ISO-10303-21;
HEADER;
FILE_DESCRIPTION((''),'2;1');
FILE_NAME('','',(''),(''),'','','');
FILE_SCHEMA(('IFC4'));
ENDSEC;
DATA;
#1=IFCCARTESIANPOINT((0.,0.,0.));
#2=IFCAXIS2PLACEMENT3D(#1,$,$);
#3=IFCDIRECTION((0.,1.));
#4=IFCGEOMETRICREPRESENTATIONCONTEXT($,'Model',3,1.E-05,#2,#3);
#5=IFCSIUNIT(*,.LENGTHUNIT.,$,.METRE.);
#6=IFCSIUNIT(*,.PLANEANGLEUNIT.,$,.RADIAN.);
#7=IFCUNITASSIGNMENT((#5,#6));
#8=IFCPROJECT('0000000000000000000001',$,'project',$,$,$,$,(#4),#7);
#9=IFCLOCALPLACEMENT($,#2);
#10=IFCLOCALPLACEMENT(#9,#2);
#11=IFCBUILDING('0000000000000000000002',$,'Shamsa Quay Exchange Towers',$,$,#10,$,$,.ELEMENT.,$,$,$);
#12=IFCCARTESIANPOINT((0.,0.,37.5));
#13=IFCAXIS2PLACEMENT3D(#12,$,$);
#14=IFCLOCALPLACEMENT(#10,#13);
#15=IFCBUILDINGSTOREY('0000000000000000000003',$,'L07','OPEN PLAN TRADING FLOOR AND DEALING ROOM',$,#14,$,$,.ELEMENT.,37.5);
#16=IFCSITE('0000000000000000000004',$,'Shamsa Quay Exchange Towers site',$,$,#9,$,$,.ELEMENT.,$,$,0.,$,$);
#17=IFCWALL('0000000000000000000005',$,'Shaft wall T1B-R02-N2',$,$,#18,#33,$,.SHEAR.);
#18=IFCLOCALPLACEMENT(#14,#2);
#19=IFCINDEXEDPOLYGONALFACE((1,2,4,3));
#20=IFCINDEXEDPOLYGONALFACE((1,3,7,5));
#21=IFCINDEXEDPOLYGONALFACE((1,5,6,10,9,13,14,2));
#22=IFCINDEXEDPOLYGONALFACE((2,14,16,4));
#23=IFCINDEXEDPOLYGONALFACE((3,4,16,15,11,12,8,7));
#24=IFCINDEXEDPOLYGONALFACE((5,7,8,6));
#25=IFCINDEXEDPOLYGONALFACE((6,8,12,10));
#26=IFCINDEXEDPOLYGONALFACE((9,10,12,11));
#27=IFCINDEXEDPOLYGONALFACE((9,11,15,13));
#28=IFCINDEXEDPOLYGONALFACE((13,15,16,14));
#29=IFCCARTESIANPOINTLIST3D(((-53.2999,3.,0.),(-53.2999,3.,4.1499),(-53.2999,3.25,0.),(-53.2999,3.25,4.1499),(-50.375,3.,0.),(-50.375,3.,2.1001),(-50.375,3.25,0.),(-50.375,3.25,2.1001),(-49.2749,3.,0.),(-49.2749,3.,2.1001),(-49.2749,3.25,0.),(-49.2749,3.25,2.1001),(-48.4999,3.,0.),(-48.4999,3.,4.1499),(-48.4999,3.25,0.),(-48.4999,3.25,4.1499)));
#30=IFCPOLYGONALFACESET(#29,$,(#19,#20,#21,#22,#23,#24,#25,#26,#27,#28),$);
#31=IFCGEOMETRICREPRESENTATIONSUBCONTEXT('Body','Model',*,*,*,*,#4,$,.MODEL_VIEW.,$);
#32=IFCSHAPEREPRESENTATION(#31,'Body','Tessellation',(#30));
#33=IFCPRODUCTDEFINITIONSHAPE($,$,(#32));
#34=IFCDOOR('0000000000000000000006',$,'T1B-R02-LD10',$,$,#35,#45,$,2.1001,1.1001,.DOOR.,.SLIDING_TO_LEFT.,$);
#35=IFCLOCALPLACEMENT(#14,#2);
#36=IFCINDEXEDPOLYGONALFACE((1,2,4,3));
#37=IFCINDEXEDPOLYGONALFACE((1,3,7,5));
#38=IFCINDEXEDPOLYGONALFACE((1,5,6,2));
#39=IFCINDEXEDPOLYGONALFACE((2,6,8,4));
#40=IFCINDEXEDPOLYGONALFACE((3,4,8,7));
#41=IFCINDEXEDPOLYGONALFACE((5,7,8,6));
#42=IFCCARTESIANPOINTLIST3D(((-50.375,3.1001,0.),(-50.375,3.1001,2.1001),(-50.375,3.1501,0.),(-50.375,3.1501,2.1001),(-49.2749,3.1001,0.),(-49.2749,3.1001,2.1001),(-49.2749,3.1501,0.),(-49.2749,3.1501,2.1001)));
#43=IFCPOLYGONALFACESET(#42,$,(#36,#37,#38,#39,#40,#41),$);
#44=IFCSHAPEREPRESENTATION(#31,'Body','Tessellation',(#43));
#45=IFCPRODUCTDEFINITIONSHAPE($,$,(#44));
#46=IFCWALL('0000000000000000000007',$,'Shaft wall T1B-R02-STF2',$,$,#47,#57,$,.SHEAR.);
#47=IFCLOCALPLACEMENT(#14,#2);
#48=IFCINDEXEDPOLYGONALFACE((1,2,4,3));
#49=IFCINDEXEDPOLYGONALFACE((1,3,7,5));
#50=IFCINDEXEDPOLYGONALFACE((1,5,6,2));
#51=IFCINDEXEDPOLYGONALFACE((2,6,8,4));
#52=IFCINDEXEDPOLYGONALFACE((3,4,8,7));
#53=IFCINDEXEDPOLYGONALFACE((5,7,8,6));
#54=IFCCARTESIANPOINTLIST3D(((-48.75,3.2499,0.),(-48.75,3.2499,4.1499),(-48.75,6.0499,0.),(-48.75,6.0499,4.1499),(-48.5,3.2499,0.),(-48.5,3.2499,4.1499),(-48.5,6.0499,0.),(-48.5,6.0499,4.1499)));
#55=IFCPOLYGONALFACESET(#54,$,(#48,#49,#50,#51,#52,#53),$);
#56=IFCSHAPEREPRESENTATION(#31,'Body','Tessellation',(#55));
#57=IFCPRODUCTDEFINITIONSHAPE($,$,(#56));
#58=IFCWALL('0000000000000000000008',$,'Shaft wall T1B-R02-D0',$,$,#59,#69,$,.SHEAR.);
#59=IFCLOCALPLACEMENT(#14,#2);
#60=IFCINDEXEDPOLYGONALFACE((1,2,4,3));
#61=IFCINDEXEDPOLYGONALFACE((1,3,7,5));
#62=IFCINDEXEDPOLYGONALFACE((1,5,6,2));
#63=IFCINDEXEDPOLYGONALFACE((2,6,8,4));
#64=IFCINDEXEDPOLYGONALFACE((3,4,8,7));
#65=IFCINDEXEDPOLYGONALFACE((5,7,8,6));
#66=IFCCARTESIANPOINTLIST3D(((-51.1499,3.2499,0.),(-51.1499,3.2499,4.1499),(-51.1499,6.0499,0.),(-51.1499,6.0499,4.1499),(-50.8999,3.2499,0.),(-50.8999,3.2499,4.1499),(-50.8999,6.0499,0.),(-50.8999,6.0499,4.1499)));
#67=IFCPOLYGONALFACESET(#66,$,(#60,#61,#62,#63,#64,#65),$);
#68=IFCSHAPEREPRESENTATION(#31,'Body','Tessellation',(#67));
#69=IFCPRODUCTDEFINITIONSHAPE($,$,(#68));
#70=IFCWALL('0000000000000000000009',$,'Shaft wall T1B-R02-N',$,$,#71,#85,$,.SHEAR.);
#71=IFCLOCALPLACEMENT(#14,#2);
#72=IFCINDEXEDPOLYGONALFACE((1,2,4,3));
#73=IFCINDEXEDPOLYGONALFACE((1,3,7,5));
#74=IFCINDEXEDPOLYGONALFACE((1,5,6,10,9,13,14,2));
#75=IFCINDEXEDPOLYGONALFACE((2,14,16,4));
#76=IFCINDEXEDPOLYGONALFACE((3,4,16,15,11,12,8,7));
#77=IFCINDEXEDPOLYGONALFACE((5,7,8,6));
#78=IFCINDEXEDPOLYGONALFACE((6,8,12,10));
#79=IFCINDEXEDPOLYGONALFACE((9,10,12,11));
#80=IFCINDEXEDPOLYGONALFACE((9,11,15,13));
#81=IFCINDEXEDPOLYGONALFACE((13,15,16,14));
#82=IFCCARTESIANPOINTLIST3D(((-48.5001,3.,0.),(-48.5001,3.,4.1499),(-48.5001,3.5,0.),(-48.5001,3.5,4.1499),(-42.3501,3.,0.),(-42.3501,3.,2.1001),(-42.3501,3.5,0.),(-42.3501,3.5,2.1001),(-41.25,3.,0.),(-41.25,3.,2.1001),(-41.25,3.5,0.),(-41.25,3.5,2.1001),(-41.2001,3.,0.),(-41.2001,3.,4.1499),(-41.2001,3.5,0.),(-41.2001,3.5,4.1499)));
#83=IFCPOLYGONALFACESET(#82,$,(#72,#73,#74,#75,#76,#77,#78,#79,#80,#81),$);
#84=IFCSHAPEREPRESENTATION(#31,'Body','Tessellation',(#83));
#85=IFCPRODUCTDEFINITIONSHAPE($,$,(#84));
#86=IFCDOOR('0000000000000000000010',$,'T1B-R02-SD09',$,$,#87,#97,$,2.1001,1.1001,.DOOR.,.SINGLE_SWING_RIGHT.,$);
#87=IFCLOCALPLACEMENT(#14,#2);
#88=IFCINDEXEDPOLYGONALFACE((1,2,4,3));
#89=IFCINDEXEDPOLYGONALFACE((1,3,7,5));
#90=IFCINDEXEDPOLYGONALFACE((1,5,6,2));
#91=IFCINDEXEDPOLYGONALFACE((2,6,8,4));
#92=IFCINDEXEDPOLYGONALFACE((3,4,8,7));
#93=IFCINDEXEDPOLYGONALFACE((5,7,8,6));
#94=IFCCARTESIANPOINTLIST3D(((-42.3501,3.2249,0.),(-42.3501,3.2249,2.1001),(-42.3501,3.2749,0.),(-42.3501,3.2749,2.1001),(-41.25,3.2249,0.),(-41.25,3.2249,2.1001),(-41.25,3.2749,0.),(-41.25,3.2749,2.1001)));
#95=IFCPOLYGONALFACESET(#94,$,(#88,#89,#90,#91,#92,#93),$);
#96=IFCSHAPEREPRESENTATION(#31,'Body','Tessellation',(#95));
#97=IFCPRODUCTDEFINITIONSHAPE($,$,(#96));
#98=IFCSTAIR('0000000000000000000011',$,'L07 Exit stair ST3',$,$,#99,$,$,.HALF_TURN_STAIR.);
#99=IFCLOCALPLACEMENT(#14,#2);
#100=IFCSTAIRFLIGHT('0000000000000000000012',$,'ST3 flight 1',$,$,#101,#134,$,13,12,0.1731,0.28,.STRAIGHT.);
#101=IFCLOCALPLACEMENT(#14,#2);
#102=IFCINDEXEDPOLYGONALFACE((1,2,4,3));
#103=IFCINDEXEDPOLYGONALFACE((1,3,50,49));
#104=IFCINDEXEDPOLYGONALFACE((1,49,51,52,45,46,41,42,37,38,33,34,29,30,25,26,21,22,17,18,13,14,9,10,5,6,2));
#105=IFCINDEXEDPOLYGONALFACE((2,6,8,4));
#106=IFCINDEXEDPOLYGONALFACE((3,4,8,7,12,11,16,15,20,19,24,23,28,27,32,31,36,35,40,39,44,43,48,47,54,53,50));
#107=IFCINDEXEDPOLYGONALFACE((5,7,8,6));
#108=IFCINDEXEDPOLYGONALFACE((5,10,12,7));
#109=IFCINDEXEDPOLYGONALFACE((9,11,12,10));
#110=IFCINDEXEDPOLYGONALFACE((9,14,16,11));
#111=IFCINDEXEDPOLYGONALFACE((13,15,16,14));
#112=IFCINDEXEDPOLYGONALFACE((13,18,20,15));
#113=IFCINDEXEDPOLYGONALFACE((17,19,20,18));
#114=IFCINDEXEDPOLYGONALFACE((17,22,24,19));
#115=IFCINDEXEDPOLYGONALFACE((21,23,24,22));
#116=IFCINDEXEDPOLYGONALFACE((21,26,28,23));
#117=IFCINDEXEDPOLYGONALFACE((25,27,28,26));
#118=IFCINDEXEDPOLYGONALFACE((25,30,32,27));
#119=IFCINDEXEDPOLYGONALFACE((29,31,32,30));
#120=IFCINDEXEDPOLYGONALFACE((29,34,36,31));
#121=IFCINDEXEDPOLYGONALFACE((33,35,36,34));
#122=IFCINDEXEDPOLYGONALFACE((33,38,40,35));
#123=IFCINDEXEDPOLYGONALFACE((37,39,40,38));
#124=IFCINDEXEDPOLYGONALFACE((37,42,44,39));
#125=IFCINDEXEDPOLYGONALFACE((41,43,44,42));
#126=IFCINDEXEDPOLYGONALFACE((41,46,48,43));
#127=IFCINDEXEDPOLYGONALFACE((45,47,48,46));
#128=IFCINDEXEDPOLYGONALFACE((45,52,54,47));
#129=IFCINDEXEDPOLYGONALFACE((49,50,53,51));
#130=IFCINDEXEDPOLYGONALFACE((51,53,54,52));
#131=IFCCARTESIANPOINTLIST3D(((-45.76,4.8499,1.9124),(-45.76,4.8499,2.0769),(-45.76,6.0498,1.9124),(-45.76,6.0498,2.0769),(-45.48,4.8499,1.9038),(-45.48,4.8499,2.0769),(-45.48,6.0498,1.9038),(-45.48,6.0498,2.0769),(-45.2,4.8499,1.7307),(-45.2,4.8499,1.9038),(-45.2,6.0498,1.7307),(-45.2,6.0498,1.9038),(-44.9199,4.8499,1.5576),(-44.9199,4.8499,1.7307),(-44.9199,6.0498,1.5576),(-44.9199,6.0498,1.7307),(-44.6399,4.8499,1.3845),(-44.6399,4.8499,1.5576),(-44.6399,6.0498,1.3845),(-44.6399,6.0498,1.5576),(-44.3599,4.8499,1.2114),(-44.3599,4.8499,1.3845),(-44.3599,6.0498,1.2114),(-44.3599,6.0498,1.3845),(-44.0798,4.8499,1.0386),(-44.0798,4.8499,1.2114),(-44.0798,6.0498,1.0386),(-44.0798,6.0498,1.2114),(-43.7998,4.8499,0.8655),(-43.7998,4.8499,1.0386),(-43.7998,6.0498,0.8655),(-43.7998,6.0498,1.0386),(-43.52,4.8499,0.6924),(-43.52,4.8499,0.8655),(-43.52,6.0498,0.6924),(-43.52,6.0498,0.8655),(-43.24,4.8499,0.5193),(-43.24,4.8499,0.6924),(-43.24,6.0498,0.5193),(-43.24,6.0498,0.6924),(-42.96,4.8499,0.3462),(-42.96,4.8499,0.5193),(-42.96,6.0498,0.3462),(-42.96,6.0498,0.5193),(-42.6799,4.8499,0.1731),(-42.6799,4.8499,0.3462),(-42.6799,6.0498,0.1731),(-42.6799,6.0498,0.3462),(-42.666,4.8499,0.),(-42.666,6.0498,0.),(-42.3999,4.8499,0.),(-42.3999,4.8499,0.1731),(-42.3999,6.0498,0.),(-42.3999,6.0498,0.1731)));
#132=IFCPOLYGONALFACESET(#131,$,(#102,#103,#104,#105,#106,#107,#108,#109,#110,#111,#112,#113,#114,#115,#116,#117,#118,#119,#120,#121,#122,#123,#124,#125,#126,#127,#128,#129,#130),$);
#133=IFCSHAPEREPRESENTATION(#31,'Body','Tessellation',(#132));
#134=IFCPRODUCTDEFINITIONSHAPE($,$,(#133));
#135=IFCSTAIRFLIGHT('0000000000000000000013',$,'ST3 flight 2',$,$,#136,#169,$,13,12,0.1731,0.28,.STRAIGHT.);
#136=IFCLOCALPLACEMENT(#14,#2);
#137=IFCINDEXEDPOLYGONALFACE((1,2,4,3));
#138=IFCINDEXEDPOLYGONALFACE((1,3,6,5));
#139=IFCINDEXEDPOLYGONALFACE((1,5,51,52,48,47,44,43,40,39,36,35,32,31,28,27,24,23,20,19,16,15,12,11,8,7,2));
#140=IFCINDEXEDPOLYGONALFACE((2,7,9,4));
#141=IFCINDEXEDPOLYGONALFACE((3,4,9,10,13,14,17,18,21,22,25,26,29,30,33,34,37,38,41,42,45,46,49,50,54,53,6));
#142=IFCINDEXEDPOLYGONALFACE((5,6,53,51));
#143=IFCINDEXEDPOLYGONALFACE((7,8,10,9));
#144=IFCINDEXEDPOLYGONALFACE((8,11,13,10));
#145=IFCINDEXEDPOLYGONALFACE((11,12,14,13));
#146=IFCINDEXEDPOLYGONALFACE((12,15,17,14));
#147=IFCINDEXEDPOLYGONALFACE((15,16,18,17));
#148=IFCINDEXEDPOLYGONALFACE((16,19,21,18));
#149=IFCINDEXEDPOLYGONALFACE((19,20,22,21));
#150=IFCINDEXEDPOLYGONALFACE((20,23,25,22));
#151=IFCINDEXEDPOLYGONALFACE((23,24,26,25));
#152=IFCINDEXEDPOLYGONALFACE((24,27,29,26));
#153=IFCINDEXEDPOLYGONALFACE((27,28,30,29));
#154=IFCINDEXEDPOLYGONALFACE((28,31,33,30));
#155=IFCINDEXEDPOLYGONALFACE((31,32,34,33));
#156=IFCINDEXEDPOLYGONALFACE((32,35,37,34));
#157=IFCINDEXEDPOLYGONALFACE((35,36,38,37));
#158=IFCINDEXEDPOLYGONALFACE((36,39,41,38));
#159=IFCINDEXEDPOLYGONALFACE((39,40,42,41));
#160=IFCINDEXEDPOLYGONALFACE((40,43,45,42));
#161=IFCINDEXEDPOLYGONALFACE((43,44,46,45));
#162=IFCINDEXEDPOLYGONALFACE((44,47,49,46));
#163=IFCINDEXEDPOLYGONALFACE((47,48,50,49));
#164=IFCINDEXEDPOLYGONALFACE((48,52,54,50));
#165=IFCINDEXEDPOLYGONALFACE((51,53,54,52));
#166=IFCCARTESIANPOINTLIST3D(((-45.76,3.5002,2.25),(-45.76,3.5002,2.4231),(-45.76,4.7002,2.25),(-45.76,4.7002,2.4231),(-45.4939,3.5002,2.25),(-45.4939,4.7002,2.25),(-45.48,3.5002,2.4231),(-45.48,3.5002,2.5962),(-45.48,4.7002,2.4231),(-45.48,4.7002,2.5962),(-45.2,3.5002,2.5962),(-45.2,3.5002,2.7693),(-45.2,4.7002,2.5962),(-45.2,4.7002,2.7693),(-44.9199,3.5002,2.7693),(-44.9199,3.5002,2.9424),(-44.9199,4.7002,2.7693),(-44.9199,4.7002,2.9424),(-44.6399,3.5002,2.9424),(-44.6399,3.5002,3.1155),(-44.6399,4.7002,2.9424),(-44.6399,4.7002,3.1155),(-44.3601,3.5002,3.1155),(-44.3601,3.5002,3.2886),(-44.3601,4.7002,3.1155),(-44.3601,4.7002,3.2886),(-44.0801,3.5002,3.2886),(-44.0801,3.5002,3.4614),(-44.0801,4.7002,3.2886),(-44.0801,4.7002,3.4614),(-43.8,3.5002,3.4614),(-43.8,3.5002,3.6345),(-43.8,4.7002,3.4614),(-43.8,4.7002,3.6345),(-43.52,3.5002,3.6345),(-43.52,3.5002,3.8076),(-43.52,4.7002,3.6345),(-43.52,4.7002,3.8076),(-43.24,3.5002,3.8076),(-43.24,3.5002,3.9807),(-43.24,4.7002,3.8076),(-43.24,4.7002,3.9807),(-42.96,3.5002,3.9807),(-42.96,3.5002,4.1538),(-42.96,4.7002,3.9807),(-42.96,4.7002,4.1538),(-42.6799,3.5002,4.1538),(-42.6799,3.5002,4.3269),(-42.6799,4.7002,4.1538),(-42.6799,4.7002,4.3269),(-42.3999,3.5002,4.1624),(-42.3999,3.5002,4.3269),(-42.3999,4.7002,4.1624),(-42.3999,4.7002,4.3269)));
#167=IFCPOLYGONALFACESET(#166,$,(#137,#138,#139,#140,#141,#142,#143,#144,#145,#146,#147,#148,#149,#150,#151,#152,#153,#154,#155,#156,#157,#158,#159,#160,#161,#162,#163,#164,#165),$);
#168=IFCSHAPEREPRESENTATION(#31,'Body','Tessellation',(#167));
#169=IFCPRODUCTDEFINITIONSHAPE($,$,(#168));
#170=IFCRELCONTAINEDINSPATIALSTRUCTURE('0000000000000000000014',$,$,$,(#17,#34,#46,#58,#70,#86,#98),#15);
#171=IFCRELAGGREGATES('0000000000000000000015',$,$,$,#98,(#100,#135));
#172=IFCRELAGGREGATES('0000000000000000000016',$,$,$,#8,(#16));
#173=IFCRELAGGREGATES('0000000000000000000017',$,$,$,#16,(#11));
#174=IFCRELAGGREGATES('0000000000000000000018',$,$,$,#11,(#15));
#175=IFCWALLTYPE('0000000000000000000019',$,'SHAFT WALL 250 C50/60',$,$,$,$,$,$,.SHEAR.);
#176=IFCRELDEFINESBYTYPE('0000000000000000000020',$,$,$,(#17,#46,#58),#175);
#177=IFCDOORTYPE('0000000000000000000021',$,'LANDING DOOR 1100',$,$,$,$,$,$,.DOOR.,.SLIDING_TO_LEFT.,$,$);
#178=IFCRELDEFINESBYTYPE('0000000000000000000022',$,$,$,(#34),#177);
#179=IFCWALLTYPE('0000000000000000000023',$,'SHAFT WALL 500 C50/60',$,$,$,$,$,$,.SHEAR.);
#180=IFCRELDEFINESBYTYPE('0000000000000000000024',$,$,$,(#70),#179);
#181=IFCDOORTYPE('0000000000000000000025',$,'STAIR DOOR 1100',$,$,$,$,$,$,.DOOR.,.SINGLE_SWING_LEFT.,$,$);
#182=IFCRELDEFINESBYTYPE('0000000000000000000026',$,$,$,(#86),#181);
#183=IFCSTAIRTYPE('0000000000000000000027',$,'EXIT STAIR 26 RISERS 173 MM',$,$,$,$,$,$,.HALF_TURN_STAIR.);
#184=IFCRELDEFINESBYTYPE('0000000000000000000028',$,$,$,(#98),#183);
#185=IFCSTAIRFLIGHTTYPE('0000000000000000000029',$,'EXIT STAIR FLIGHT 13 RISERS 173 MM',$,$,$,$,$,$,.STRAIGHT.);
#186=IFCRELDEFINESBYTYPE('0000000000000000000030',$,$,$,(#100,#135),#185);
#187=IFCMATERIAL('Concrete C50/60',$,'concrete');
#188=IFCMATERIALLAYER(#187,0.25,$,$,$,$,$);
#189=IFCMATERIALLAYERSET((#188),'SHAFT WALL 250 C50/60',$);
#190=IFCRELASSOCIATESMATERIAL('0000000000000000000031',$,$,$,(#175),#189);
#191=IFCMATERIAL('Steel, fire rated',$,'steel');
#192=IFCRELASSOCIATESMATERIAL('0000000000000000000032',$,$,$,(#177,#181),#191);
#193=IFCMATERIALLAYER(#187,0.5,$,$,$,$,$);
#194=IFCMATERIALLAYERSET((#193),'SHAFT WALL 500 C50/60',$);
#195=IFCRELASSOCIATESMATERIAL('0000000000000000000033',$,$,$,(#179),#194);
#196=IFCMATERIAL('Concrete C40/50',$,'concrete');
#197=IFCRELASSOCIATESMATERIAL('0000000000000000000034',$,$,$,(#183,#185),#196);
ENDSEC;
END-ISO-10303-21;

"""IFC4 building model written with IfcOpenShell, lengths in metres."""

from ifc_helpers import new_model, si_unit, direction, frame, frame_2d, origin, place, context, subcontext, project, spatial, polyline, rectangle, outline, extrude, material, layer, layer_set, type_object, element, fill, aggregate, save


model = new_model("IFC4")

# Units and contexts
model_context = context("Model", 3, precision=1e-05, world=origin(), true_north=direction((0.0, 1.0)))
body_context = subcontext(model_context, "Body", "Model", "MODEL_VIEW")
ifc_project = project(units=[si_unit("LENGTHUNIT", "METRE"), si_unit("PLANEANGLEUNIT", "RADIAN")], contexts=[model_context])

# Site, building, storey
site_placement = place(None, origin())
site = spatial("IfcSite", under=ifc_project, at=site_placement, Name="Shamsa Quay Exchange Towers site", CompositionType="ELEMENT", RefElevation=0.0)
building_placement = place(site_placement, origin())
building = spatial("IfcBuilding", under=site, at=building_placement, Name="Shamsa Quay Exchange Towers", CompositionType="ELEMENT")
storey_placement = place(building_placement, frame((0.0, 0.0, 37.5)))
storey = spatial("IfcBuildingStorey", under=building, at=storey_placement, Name="L07", Description="OPEN PLAN TRADING FLOOR AND DEALING ROOM", CompositionType="ELEMENT", Elevation=37.5)

# Wall, opening, door
ifc_material_1 = material(Name="Concrete C50/60", Category="concrete")
ifc_layer_1 = layer(ifc_material_1, 0.25)
ifc_layer_set_1 = layer_set([ifc_layer_1], Name="SHAFT WALL 250 C50/60")
wall_type_1 = type_object("IfcWallType", Name="SHAFT WALL 250 C50/60", PredefinedType="SHEAR", material=ifc_layer_set_1)
wall_1_placement = place(storey_placement, frame((-48.5, 3.125, 0.0), z_axis=(0.0, 0.0, 1.0), x_axis=(-1.0, 0.0, 0.0)))
wall_1 = element("IfcWall", 1, at=wall_1_placement, inside=storey, type_object=wall_type_1, Name="Shaft wall T1B-R02-N2", PredefinedType="SHEAR", context=body_context, shape_type="SweptSolid", body=[
    extrude(rectangle(XDim=4.8, YDim=0.25, at=frame_2d((2.3999, 0.0))), origin(), (0.0, 0.0, 1.0), 4.1499),
])
opening_1_placement = place(wall_1_placement, frame((0.7749, 0.0, 0.0)))
opening_1 = element("IfcOpeningElement", 2, at=opening_1_placement, cuts=wall_1, PredefinedType="OPENING", context=body_context, shape_type="SweptSolid", body=[
    extrude(rectangle(XDim=1.1001, YDim=2.1001, at=frame_2d((0.55, 1.05))), frame((0.0, 0.135, 0.0), z_axis=(0.0, -1.0, 0.0), x_axis=(1.0, 0.0, 0.0)), (0.0, 0.0, 1.0), 0.27),
])
ifc_material_2 = material(Name="Steel, fire rated", Category="steel")
door_type_1 = type_object("IfcDoorType", Name="LANDING DOOR 1100", OperationType="SLIDING_TO_LEFT", PredefinedType="DOOR", material=ifc_material_2)
door_1_placement = place(opening_1_placement, origin())
door_1 = element("IfcDoor", 3, at=door_1_placement, inside=storey, type_object=door_type_1, Name="T1B-R02-LD10", OperationType="SLIDING_TO_LEFT", OverallHeight=2.1001, OverallWidth=1.1001, PredefinedType="DOOR", context=body_context, shape_type="SweptSolid", body=[
    extrude(rectangle(XDim=1.1001, YDim=2.1001, at=frame_2d((0.55, 1.05))), frame((0.0, 0.0249, 0.0), z_axis=(0.0, -1.0, 0.0), x_axis=(1.0, 0.0, 0.0)), (0.0, 0.0, 1.0), 0.05),
])
fill(opening_1, door_1)

# Walls
for number, where, z_axis, x_axis, name in (
    (4, (-48.625, 3.25, 0.0), (0.0, 0.0, 1.0), (0.0, 1.0, 0.0), "Shaft wall T1B-R02-STF2"),
    (5, (-51.0249, 3.25, 0.0), (0.0, 0.0, 1.0), (0.0, 1.0, 0.0), "Shaft wall T1B-R02-D0"),
):
    element("IfcWall", number, at=place(storey_placement, frame(where, z_axis=z_axis, x_axis=x_axis)), inside=storey, type_object=wall_type_1, Name=name, PredefinedType="SHEAR", context=body_context, shape_type="SweptSolid", body=[
        extrude(rectangle(XDim=2.8, YDim=0.25, at=frame_2d((1.3999, 0.0))), origin(), (0.0, 0.0, 1.0), 4.1499),
    ])

# Wall, opening, door
ifc_layer_2 = layer(ifc_material_1, 0.5)
ifc_layer_set_2 = layer_set([ifc_layer_2], Name="SHAFT WALL 500 C50/60")
wall_type_2 = type_object("IfcWallType", Name="SHAFT WALL 500 C50/60", PredefinedType="SHEAR", material=ifc_layer_set_2)
wall_2_placement = place(storey_placement, frame((-48.5, 3.25, 0.0)))
wall_2 = element("IfcWall", 6, at=wall_2_placement, inside=storey, type_object=wall_type_2, Name="Shaft wall T1B-R02-N", PredefinedType="SHEAR", context=body_context, shape_type="SweptSolid", body=[
    extrude(rectangle(XDim=7.3, YDim=0.5, at=frame_2d((3.6499, 0.0))), origin(), (0.0, 0.0, 1.0), 4.1499),
])
opening_2_placement = place(wall_2_placement, frame((6.1499, 0.0, 0.0)))
opening_2 = element("IfcOpeningElement", 7, at=opening_2_placement, cuts=wall_2, PredefinedType="OPENING", context=body_context, shape_type="SweptSolid", body=[
    extrude(rectangle(XDim=1.1001, YDim=2.1001, at=frame_2d((0.55, 1.05))), frame((0.0, 0.26, 0.0), z_axis=(0.0, -1.0, 0.0), x_axis=(1.0, 0.0, 0.0)), (0.0, 0.0, 1.0), 0.52),
])
door_type_2 = type_object("IfcDoorType", Name="STAIR DOOR 1100", OperationType="SINGLE_SWING_LEFT", PredefinedType="DOOR", material=ifc_material_2)
door_2_placement = place(opening_2_placement, origin())
door_2 = element("IfcDoor", 8, at=door_2_placement, inside=storey, type_object=door_type_2, Name="T1B-R02-SD09", OperationType="SINGLE_SWING_RIGHT", OverallHeight=2.1001, OverallWidth=1.1001, PredefinedType="DOOR", context=body_context, shape_type="SweptSolid", body=[
    extrude(rectangle(XDim=1.1001, YDim=2.1001, at=frame_2d((0.55, 1.05))), frame((0.0, 0.0249, 0.0), z_axis=(0.0, -1.0, 0.0), x_axis=(1.0, 0.0, 0.0)), (0.0, 0.0, 1.0), 0.05),
])
fill(opening_2, door_2)

# Stair, stair flights
ifc_material_3 = material(Name="Concrete C40/50", Category="concrete")
stair_type = type_object("IfcStairType", Name="EXIT STAIR 26 RISERS 173 MM", PredefinedType="HALF_TURN_STAIR", material=ifc_material_3)
stair_placement = place(storey_placement, origin())
stair = element("IfcStair", 9, at=stair_placement, inside=storey, type_object=stair_type, Name="L07 Exit stair ST3", PredefinedType="HALF_TURN_STAIR")
stair_flight_type = type_object("IfcStairFlightType", Name="EXIT STAIR FLIGHT 13 RISERS 173 MM", PredefinedType="STRAIGHT", material=ifc_material_3)
stair_flight_1_placement = place(storey_placement, frame((-42.3999, 5.45, 0.0), z_axis=(0.0, 0.0, 1.0), x_axis=(-1.0, 0.0, 0.0)))
stair_flight_1 = element("IfcStairFlight", 10, at=stair_flight_1_placement, type_object=stair_flight_type, Name="ST3 flight 1", NumberOfRisers=13, NumberOfTreads=12, PredefinedType="STRAIGHT", RiserHeight=0.1731, TreadLength=0.28, context=body_context, shape_type="SweptSolid", body=[
    extrude(outline(polyline([(0.0, 0.0), (0.0, 0.1731), (0.28, 0.1731), (0.28, 0.3462), (0.5601, 0.3462), (0.5601, 0.5193), (0.8401, 0.5193), (0.8401, 0.6924), (1.1201, 0.6924), (1.1201, 0.8655), (1.3999, 0.8655), (1.3999, 1.0386), (1.6799, 1.0386), (1.6799, 1.2114), (1.96, 1.2114), (1.96, 1.3845), (2.24, 1.3845), (2.24, 1.5576), (2.52, 1.5576), (2.52, 1.7307), (2.8, 1.7307), (2.8, 1.9038), (3.0801, 1.9038), (3.0801, 2.0769), (3.3601, 2.0769), (3.3601, 2.25), (3.3601, 1.9124), (0.2661, 0.0), (0.0, 0.0)])), frame((0.0, 0.6001, 0.0), z_axis=(0.0, -1.0, 0.0), x_axis=(1.0, 0.0, 0.0)), (0.0, 0.0, 1.0), 1.2),
])
stair_flight_2_placement = place(storey_placement, frame((-45.76, 4.1001, 2.25)))
stair_flight_2 = element("IfcStairFlight", 11, at=stair_flight_2_placement, type_object=stair_flight_type, Name="ST3 flight 2", NumberOfRisers=13, NumberOfTreads=12, PredefinedType="STRAIGHT", RiserHeight=0.1731, TreadLength=0.28, context=body_context, shape_type="SweptSolid", body=[
    extrude(outline(polyline([(0.0, 0.0), (0.0, 0.1731), (0.28, 0.1731), (0.28, 0.3462), (0.5601, 0.3462), (0.5601, 0.5193), (0.8401, 0.5193), (0.8401, 0.6924), (1.1201, 0.6924), (1.1201, 0.8655), (1.3999, 0.8655), (1.3999, 1.0386), (1.6799, 1.0386), (1.6799, 1.2114), (1.96, 1.2114), (1.96, 1.3845), (2.24, 1.3845), (2.24, 1.5576), (2.52, 1.5576), (2.52, 1.7307), (2.8, 1.7307), (2.8, 1.9038), (3.0801, 1.9038), (3.0801, 2.0769), (3.3601, 2.0769), (3.3601, 2.25), (3.3601, 1.9124), (0.2661, 0.0), (0.0, 0.0)])), frame((0.0, 0.6001, 0.0), z_axis=(0.0, -1.0, 0.0), x_axis=(1.0, 0.0, 0.0)), (0.0, 0.0, 1.0), 1.2),
])
aggregate(stair, [stair_flight_1, stair_flight_2])

save(model, "model.ifc")
